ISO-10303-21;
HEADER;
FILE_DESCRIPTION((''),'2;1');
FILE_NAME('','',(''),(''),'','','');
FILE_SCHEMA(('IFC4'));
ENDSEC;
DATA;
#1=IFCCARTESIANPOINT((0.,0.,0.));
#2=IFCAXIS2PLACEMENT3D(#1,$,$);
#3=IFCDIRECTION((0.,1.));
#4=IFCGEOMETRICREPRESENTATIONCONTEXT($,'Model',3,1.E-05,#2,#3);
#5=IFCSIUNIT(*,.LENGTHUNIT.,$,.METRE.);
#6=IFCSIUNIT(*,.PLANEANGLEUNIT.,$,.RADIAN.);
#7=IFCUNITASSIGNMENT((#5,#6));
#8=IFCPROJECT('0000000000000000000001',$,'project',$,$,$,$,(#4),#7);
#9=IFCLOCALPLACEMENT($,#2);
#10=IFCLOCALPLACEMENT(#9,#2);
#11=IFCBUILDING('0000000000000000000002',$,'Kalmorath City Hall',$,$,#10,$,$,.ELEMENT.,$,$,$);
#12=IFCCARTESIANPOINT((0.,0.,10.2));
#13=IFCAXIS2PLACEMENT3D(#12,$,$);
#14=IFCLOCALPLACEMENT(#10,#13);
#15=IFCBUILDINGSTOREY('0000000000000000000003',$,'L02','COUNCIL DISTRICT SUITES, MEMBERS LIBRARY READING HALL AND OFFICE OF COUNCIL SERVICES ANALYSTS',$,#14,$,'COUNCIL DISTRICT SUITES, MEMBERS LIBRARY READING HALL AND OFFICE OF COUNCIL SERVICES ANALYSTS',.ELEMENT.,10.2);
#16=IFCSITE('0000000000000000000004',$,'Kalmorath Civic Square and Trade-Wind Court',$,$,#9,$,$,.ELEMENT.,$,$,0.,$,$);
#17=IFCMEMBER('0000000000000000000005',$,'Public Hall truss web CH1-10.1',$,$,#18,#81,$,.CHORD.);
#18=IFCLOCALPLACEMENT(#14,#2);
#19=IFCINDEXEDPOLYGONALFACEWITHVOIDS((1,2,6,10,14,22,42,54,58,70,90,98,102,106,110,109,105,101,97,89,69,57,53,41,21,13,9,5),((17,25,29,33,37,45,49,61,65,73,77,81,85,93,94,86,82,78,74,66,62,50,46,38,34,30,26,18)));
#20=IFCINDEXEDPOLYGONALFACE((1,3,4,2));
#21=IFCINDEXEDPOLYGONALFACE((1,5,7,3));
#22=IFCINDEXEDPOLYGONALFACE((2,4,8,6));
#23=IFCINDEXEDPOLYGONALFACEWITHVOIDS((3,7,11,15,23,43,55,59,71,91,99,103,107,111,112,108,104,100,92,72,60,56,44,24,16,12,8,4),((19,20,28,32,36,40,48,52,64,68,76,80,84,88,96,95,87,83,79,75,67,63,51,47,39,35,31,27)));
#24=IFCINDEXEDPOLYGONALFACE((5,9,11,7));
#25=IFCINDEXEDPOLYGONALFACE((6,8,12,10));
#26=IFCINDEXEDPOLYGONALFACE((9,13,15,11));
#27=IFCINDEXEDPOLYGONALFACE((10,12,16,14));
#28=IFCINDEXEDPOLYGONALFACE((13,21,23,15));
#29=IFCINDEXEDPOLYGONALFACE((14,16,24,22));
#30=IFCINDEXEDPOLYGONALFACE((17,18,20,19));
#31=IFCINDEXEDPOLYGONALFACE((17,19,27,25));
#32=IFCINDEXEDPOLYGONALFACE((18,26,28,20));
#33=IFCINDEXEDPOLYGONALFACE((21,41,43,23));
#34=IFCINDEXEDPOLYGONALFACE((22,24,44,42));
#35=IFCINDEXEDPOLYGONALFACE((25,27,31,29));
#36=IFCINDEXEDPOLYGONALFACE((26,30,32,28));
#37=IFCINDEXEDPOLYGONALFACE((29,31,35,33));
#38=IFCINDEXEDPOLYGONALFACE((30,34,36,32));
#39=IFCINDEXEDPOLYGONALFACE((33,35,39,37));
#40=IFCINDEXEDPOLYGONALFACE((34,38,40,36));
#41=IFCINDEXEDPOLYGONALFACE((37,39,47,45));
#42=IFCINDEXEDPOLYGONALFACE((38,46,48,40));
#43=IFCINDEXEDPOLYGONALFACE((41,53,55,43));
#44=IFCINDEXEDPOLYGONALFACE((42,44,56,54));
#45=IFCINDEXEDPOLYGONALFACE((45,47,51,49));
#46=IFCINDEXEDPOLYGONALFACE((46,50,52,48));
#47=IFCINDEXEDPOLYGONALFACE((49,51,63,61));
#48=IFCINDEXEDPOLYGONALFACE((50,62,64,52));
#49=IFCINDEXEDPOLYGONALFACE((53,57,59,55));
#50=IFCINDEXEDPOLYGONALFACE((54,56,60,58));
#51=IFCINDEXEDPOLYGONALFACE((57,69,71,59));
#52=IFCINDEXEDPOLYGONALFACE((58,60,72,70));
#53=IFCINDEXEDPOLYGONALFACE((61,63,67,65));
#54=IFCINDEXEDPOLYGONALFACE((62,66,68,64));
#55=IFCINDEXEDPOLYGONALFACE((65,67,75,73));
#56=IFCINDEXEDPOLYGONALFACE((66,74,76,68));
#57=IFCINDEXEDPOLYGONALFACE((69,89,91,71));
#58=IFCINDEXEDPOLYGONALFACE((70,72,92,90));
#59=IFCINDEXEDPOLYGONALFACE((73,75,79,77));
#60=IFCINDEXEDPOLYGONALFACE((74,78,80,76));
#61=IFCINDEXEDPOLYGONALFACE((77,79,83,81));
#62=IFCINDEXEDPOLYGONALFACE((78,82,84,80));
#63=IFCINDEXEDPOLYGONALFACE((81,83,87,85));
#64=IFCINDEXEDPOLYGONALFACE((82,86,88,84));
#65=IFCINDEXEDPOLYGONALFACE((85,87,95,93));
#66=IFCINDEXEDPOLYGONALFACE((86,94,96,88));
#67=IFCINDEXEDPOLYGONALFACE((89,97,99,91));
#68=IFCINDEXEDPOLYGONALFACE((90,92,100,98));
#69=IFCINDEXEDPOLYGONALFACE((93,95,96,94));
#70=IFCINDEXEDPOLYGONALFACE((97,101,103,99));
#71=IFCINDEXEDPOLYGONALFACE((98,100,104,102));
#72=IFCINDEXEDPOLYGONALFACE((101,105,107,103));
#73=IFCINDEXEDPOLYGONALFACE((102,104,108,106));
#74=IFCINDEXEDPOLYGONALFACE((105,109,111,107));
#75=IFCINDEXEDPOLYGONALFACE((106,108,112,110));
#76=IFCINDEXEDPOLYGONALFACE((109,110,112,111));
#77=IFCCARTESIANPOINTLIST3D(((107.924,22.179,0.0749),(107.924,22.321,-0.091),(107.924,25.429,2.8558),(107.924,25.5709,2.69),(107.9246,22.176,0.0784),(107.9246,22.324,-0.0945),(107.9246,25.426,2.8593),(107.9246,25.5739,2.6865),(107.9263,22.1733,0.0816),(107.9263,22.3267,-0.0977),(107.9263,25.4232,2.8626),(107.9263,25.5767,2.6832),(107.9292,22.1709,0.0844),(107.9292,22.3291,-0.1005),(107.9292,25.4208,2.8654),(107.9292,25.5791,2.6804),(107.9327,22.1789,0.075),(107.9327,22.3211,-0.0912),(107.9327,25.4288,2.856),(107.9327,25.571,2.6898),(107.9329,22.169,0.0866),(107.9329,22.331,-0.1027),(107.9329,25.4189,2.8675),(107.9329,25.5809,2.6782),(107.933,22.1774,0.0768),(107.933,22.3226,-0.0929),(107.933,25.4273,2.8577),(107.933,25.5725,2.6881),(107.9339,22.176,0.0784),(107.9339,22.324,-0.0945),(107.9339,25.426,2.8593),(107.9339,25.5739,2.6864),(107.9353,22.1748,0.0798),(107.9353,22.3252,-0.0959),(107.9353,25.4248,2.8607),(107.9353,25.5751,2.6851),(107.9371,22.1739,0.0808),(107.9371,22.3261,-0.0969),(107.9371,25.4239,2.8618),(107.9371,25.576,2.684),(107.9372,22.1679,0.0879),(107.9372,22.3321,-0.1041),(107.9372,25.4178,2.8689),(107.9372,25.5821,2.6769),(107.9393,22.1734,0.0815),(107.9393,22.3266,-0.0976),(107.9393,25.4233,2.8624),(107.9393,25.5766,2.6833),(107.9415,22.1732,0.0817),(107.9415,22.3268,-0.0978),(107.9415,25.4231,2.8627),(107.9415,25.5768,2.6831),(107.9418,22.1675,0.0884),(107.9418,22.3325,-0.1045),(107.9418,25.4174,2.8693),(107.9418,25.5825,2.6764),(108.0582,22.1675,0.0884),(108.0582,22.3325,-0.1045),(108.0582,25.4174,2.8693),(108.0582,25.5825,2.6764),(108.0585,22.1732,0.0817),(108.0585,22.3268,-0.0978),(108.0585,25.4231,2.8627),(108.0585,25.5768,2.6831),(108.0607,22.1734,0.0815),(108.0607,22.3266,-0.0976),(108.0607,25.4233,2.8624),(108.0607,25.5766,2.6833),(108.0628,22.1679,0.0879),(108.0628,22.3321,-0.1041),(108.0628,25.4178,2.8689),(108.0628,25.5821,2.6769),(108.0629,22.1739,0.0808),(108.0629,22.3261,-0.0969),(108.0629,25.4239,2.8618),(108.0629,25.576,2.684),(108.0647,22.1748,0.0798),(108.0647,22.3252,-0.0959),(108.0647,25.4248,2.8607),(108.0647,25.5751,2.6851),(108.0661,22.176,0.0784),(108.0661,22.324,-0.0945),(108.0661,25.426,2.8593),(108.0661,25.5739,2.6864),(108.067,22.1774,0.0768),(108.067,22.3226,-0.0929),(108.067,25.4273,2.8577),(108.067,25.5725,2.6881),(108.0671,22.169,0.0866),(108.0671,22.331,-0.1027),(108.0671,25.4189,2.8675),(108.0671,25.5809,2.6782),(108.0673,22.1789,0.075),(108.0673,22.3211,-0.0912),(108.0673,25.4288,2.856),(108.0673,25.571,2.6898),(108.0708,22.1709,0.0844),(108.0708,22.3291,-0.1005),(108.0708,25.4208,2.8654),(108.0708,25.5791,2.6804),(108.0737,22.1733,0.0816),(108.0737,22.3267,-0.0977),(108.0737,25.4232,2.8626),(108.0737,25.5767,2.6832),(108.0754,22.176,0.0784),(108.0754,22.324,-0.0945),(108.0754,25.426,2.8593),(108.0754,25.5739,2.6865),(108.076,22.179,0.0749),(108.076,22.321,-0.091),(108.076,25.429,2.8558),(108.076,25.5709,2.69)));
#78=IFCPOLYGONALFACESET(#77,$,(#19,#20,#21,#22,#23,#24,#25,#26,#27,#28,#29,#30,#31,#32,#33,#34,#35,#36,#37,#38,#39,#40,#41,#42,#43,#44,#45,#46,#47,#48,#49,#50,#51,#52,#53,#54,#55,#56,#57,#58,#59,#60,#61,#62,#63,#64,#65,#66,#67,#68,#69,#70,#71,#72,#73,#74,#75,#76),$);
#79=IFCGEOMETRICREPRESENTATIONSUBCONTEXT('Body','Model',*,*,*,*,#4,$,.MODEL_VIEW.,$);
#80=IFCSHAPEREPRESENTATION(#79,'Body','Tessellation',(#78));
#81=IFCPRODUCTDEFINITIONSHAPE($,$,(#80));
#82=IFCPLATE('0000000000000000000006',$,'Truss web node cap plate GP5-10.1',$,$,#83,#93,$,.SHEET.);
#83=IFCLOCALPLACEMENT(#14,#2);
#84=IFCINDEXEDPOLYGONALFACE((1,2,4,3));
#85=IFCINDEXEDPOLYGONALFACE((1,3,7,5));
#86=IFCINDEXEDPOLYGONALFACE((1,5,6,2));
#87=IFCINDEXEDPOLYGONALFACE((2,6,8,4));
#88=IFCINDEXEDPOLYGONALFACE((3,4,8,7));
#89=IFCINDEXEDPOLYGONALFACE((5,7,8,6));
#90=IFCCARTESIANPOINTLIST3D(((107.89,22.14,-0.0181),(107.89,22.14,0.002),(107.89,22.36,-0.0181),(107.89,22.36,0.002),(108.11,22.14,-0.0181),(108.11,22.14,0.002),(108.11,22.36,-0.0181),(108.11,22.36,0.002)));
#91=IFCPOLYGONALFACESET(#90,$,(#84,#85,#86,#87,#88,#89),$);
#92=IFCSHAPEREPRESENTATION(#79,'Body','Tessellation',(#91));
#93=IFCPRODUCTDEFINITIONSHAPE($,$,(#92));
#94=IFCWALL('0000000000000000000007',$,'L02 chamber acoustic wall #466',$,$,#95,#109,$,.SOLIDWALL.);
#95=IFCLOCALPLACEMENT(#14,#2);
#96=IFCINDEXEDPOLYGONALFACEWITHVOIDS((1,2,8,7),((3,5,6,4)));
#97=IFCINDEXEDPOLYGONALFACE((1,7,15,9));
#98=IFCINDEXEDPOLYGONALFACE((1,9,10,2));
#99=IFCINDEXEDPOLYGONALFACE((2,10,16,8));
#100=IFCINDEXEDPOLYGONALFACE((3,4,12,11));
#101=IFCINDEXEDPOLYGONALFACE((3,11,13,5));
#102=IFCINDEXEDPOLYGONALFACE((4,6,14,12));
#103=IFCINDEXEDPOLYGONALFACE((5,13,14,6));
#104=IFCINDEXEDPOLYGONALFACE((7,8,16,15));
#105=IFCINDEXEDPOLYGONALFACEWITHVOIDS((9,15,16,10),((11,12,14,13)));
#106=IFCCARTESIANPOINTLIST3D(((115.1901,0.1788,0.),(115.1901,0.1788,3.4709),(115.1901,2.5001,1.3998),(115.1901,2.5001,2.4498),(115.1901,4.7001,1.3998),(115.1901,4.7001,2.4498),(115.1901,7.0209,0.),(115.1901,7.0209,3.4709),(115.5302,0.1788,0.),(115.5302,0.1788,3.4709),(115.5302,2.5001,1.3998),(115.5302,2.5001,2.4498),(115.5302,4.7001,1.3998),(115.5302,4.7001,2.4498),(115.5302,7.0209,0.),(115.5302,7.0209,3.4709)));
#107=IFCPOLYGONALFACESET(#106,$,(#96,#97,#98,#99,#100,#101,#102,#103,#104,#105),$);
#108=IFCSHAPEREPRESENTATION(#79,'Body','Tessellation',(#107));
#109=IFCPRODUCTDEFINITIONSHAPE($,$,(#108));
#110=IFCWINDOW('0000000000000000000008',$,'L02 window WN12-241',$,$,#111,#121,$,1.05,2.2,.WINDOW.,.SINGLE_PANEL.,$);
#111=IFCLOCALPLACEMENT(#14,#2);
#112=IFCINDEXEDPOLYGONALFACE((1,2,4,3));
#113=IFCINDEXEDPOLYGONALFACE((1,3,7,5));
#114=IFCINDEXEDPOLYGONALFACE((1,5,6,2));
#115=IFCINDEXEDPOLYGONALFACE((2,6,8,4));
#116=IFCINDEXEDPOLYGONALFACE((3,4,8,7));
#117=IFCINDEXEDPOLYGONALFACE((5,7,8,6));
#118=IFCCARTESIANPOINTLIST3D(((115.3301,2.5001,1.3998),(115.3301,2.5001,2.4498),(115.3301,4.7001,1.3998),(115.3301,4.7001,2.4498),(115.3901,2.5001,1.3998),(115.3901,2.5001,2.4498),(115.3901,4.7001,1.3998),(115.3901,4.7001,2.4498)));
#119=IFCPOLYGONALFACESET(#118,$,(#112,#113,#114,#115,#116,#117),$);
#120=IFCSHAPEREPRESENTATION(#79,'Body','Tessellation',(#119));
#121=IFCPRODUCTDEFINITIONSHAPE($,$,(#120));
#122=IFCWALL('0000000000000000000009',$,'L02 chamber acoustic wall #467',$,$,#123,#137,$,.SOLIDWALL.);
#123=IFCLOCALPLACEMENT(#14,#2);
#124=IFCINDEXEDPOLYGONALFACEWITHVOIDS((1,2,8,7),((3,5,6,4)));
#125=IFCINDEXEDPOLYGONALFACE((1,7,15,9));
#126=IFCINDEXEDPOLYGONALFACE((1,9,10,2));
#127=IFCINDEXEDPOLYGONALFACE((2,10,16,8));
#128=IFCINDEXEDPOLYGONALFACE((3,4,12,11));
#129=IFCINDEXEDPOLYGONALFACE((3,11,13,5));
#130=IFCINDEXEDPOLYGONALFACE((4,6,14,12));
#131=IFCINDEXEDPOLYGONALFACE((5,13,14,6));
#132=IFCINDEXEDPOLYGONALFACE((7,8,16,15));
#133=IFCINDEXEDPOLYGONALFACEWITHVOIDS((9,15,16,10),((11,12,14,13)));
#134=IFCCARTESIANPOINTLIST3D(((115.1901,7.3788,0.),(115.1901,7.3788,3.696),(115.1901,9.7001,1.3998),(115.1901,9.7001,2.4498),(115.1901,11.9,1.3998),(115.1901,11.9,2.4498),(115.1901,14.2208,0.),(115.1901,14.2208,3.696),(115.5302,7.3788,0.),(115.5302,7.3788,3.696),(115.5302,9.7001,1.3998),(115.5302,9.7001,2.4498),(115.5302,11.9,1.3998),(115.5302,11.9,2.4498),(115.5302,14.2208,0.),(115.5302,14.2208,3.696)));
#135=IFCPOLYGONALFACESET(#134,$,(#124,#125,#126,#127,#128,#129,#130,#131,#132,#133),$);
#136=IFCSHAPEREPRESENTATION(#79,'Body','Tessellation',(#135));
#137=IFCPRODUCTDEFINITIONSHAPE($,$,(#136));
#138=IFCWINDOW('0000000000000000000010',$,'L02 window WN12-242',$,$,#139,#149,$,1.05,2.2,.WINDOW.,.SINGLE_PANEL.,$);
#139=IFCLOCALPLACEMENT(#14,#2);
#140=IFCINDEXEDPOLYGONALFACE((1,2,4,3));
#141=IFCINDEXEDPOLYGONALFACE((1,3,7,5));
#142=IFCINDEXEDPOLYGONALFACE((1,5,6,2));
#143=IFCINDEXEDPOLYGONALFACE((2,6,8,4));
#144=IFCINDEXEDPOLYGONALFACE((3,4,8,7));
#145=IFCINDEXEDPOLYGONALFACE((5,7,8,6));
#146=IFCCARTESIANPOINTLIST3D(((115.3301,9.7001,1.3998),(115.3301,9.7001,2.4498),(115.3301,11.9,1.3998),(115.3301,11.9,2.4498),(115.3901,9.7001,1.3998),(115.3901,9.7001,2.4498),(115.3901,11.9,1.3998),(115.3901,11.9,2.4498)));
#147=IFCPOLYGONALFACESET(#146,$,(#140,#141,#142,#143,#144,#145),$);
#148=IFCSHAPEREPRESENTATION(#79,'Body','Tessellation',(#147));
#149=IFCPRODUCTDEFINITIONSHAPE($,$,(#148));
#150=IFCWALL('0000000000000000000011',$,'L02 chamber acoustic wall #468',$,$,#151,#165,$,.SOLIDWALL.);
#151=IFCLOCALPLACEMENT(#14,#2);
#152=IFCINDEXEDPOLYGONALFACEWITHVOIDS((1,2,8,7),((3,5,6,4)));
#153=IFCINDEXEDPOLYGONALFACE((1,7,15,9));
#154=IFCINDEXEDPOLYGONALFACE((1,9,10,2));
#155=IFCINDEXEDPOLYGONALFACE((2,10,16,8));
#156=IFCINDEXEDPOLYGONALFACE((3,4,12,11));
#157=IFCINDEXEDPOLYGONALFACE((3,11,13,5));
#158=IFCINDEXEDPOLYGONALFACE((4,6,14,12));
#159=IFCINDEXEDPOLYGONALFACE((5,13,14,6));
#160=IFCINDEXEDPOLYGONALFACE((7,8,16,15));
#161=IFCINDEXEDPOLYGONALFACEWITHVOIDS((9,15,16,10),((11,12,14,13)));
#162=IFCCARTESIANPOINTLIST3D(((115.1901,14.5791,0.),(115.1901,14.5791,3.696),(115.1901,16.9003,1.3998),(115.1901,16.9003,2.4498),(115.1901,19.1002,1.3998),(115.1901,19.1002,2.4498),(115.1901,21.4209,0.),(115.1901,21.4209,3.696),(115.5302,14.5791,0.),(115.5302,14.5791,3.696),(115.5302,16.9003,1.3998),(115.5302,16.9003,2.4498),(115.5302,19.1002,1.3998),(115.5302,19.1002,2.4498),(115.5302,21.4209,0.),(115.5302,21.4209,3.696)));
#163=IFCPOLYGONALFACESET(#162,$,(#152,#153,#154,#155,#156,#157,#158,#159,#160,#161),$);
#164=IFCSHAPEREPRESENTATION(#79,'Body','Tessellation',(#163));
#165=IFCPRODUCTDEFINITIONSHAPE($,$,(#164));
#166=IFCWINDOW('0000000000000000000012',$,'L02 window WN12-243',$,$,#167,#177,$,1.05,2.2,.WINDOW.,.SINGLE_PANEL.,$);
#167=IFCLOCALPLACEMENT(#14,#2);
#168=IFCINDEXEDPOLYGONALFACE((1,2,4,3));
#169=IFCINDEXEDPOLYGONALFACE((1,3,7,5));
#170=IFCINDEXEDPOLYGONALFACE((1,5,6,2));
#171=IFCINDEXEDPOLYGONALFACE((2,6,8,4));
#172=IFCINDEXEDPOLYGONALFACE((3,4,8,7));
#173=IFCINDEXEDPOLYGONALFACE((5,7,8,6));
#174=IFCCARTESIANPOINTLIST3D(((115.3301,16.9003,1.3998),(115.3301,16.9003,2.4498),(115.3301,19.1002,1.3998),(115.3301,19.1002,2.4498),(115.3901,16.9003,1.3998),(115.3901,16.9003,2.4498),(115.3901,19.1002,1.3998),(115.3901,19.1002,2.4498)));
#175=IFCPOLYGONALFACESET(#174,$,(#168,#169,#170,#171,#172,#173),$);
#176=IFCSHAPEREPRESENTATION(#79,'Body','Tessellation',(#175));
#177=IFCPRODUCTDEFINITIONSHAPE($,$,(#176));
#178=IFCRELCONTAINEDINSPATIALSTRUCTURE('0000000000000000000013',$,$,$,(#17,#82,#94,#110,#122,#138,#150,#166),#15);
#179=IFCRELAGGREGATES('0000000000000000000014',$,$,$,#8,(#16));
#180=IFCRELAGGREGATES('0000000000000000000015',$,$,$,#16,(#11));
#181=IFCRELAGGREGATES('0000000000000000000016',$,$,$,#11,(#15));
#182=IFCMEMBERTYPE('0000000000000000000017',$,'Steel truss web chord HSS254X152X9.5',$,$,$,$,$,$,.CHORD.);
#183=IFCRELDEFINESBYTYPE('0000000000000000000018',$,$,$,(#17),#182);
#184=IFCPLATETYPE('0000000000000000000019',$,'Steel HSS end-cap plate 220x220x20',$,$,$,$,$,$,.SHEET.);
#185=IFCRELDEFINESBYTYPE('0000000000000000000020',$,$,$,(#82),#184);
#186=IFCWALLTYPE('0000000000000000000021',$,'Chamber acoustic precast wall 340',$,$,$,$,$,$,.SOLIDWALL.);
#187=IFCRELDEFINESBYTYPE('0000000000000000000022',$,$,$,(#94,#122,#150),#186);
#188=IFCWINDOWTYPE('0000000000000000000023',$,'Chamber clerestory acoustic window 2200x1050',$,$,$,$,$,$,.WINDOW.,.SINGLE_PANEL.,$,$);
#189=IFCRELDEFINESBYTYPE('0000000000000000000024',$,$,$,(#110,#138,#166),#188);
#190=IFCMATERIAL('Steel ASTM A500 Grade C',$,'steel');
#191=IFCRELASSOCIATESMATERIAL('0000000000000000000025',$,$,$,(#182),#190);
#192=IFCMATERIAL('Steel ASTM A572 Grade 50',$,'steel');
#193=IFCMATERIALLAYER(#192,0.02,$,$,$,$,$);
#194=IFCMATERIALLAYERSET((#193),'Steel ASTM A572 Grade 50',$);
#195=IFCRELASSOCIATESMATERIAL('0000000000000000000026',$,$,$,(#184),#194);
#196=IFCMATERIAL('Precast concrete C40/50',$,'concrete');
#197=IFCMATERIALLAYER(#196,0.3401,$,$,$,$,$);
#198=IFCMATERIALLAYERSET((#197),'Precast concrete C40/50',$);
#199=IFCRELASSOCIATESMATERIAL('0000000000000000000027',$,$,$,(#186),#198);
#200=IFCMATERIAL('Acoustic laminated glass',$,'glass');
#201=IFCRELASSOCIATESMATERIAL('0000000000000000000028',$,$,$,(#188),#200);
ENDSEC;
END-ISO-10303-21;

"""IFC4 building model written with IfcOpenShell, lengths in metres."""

from ifc_helpers import new_model, si_unit, direction, frame, frame_2d, origin, origin_2d, place, context, subcontext, project, spatial, rectangle, hollow_rectangle, extrude, material, layer, layer_set, material_profile, profile_set, type_object, element, fill, save


model = new_model("IFC4")

# Units and contexts
model_context = context("Model", 3, precision=1e-05, world=origin(), true_north=direction((0.0, 1.0)))
body_context = subcontext(model_context, "Body", "Model", "MODEL_VIEW")
ifc_project = project(units=[si_unit("LENGTHUNIT", "METRE"), si_unit("PLANEANGLEUNIT", "RADIAN")], contexts=[model_context])

# Site, building, storey
site_placement = place(None, origin())
site = spatial("IfcSite", under=ifc_project, at=site_placement, Name="Kalmorath Civic Square and Trade-Wind Court", CompositionType="ELEMENT", RefElevation=0.0)
building_placement = place(site_placement, origin())
building = spatial("IfcBuilding", under=site, at=building_placement, Name="Kalmorath City Hall", CompositionType="ELEMENT")
storey_placement = place(building_placement, frame((0.0, 0.0, 10.2)))
storey = spatial("IfcBuildingStorey", under=building, at=storey_placement, Name="L02", Description="COUNCIL DISTRICT SUITES, MEMBERS LIBRARY READING HALL AND OFFICE OF COUNCIL SERVICES ANALYSTS", LongName="COUNCIL DISTRICT SUITES, MEMBERS LIBRARY READING HALL AND OFFICE OF COUNCIL SERVICES ANALYSTS", CompositionType="ELEMENT", Elevation=10.2)

# Member
ifc_material_1 = material(Name="Steel ASTM A500 Grade C", Category="steel")
ifc_material_profile_1 = material_profile(ifc_material_1, hollow_rectangle(XDim=0.1521, YDim=0.2539, WallThickness=0.0088, InnerFilletRadius=0.0088, OuterFilletRadius=0.0178, at=origin_2d()), Name="HSS254X152X9.5")
ifc_profile_set_1 = profile_set([ifc_material_profile_1], Name="Steel ASTM A500 Grade C")
member_type_1 = type_object("IfcMemberType", Name="Steel truss web chord HSS254X152X9.5", PredefinedType="CHORD", material=ifc_profile_set_1)
member_1_placement = place(storey_placement, frame((108.0, 22.25, -0.0081), z_axis=(0.0, 0.7598, 0.650157), x_axis=(-1.0, 0.0, 0.0)))
element("IfcMember", 1, at=member_1_placement, inside=storey, type_object=member_type_1, Name="Public Hall truss web CH1-10.1", PredefinedType="CHORD", context=body_context, shape_type="SweptSolid", body=[
    extrude(hollow_rectangle(XDim=0.1521, YDim=0.2539, WallThickness=0.0088, InnerFilletRadius=0.0088, OuterFilletRadius=0.0178, at=origin_2d()), origin(), (0.0, 0.0, 1.0), 4.2773),
])

# Plate
ifc_material_2 = material(Name="Steel ASTM A572 Grade 50", Category="steel")
ifc_layer_1 = layer(ifc_material_2, 0.02)
ifc_layer_set_1 = layer_set([ifc_layer_1], Name="Steel ASTM A572 Grade 50")
plate_type = type_object("IfcPlateType", Name="Steel HSS end-cap plate 220x220x20", PredefinedType="SHEET", material=ifc_layer_set_1)
plate_placement = place(storey_placement, frame((108.0, 22.25, -0.0181), z_axis=(0.0, 0.0, 1.0), x_axis=(1.0, 0.0, 0.0)))
element("IfcPlate", 2, at=plate_placement, inside=storey, type_object=plate_type, Name="Truss web node cap plate GP5-10.1", PredefinedType="SHEET", context=body_context, shape_type="SweptSolid", body=[
    extrude(rectangle(XDim=0.22, YDim=0.22, at=origin_2d()), origin(), (0.0, 0.0, 1.0), 0.02),
])

# Walls, openings, windows
ifc_material_3 = material(Name="Precast concrete C40/50", Category="concrete")
ifc_layer_2 = layer(ifc_material_3, 0.3401)
ifc_layer_set_2 = layer_set([ifc_layer_2], Name="Precast concrete C40/50")
wall_type = type_object("IfcWallType", Name="Chamber acoustic precast wall 340", PredefinedType="SOLIDWALL", material=ifc_layer_set_2)
wall_1_placement = place(storey_placement, frame((115.3601, 0.179, 0.0), z_axis=(0.0, 0.0, 1.0), x_axis=(0.0, 1.0, 0.0)))
wall_1 = element("IfcWall", 3, at=wall_1_placement, inside=storey, type_object=wall_type, Name="L02 chamber acoustic wall #466", PredefinedType="SOLIDWALL", context=body_context, shape_type="SweptSolid", body=[
    extrude(rectangle(XDim=6.842, YDim=0.3401, at=frame_2d((3.4209, 0.0))), origin(), (0.0, 0.0, 1.0), 3.4709),
])
opening_1_placement = place(wall_1_placement, frame((2.321, 0.0, 1.3999)))
opening_1 = element("IfcOpeningElement", 4, at=opening_1_placement, cuts=wall_1, PredefinedType="OPENING", context=body_context, shape_type="SweptSolid", body=[
    extrude(rectangle(XDim=2.2, YDim=1.05, at=frame_2d((1.1001, 0.5249))), frame((0.0, 0.1799, 0.0), z_axis=(0.0, -1.0, 0.0), x_axis=(1.0, 0.0, 0.0)), (0.0, 0.0, 1.0), 0.3601),
])
ifc_material_4 = material(Name="Acoustic laminated glass", Category="glass")
window_type = type_object("IfcWindowType", Name="Chamber clerestory acoustic window 2200x1050", PartitioningType="SINGLE_PANEL", PredefinedType="WINDOW", material=ifc_material_4)
window_1_placement = place(opening_1_placement, origin())
window_1 = element("IfcWindow", 5, at=window_1_placement, inside=storey, type_object=window_type, Name="L02 window WN12-241", OverallHeight=1.05, OverallWidth=2.2, PartitioningType="SINGLE_PANEL", PredefinedType="WINDOW", context=body_context, shape_type="SweptSolid", body=[
    extrude(rectangle(XDim=2.2, YDim=1.05, at=frame_2d((1.1001, 0.5249))), frame((0.0, 0.03, 0.0), z_axis=(0.0, -1.0, 0.0), x_axis=(1.0, 0.0, 0.0)), (0.0, 0.0, 1.0), 0.0601),
])
fill(opening_1, window_1)
wall_2_placement = place(storey_placement, frame((115.3601, 7.3789, 0.0), z_axis=(0.0, 0.0, 1.0), x_axis=(0.0, 1.0, 0.0)))
wall_2 = element("IfcWall", 6, at=wall_2_placement, inside=storey, type_object=wall_type, Name="L02 chamber acoustic wall #467", PredefinedType="SOLIDWALL", context=body_context, shape_type="SweptSolid", body=[
    extrude(rectangle(XDim=6.842, YDim=0.3401, at=frame_2d((3.4209, 0.0))), origin(), (0.0, 0.0, 1.0), 3.696),
])
opening_2_placement = place(wall_2_placement, frame((2.321, 0.0, 1.3999)))
opening_2 = element("IfcOpeningElement", 7, at=opening_2_placement, cuts=wall_2, PredefinedType="OPENING", context=body_context, shape_type="SweptSolid", body=[
    extrude(rectangle(XDim=2.2, YDim=1.05, at=frame_2d((1.1001, 0.5249))), frame((0.0, 0.1799, 0.0), z_axis=(0.0, -1.0, 0.0), x_axis=(1.0, 0.0, 0.0)), (0.0, 0.0, 1.0), 0.3601),
])
window_2_placement = place(opening_2_placement, origin())
window_2 = element("IfcWindow", 8, at=window_2_placement, inside=storey, type_object=window_type, Name="L02 window WN12-242", OverallHeight=1.05, OverallWidth=2.2, PartitioningType="SINGLE_PANEL", PredefinedType="WINDOW", context=body_context, shape_type="SweptSolid", body=[
    extrude(rectangle(XDim=2.2, YDim=1.05, at=frame_2d((1.1001, 0.5249))), frame((0.0, 0.03, 0.0), z_axis=(0.0, -1.0, 0.0), x_axis=(1.0, 0.0, 0.0)), (0.0, 0.0, 1.0), 0.0601),
])
fill(opening_2, window_2)
wall_3_placement = place(storey_placement, frame((115.3601, 14.5791, 0.0), z_axis=(0.0, 0.0, 1.0), x_axis=(0.0, 1.0, 0.0)))
wall_3 = element("IfcWall", 9, at=wall_3_placement, inside=storey, type_object=wall_type, Name="L02 chamber acoustic wall #468", PredefinedType="SOLIDWALL", context=body_context, shape_type="SweptSolid", body=[
    extrude(rectangle(XDim=6.8418, YDim=0.3401, at=frame_2d((3.4209, 0.0))), origin(), (0.0, 0.0, 1.0), 3.696),
])
opening_3_placement = place(wall_3_placement, frame((2.321, 0.0, 1.3999)))
opening_3 = element("IfcOpeningElement", 10, at=opening_3_placement, cuts=wall_3, PredefinedType="OPENING", context=body_context, shape_type="SweptSolid", body=[
    extrude(rectangle(XDim=2.2, YDim=1.05, at=frame_2d((1.1001, 0.5249))), frame((0.0, 0.1799, 0.0), z_axis=(0.0, -1.0, 0.0), x_axis=(1.0, 0.0, 0.0)), (0.0, 0.0, 1.0), 0.3601),
])
window_3_placement = place(opening_3_placement, origin())
window_3 = element("IfcWindow", 11, at=window_3_placement, inside=storey, type_object=window_type, Name="L02 window WN12-243", OverallHeight=1.05, OverallWidth=2.2, PartitioningType="SINGLE_PANEL", PredefinedType="WINDOW", context=body_context, shape_type="SweptSolid", body=[
    extrude(rectangle(XDim=2.2, YDim=1.05, at=frame_2d((1.1001, 0.5249))), frame((0.0, 0.03, 0.0), z_axis=(0.0, -1.0, 0.0), x_axis=(1.0, 0.0, 0.0)), (0.0, 0.0, 1.0), 0.0601),
])
fill(opening_3, window_3)

save(model, "model.ifc")
